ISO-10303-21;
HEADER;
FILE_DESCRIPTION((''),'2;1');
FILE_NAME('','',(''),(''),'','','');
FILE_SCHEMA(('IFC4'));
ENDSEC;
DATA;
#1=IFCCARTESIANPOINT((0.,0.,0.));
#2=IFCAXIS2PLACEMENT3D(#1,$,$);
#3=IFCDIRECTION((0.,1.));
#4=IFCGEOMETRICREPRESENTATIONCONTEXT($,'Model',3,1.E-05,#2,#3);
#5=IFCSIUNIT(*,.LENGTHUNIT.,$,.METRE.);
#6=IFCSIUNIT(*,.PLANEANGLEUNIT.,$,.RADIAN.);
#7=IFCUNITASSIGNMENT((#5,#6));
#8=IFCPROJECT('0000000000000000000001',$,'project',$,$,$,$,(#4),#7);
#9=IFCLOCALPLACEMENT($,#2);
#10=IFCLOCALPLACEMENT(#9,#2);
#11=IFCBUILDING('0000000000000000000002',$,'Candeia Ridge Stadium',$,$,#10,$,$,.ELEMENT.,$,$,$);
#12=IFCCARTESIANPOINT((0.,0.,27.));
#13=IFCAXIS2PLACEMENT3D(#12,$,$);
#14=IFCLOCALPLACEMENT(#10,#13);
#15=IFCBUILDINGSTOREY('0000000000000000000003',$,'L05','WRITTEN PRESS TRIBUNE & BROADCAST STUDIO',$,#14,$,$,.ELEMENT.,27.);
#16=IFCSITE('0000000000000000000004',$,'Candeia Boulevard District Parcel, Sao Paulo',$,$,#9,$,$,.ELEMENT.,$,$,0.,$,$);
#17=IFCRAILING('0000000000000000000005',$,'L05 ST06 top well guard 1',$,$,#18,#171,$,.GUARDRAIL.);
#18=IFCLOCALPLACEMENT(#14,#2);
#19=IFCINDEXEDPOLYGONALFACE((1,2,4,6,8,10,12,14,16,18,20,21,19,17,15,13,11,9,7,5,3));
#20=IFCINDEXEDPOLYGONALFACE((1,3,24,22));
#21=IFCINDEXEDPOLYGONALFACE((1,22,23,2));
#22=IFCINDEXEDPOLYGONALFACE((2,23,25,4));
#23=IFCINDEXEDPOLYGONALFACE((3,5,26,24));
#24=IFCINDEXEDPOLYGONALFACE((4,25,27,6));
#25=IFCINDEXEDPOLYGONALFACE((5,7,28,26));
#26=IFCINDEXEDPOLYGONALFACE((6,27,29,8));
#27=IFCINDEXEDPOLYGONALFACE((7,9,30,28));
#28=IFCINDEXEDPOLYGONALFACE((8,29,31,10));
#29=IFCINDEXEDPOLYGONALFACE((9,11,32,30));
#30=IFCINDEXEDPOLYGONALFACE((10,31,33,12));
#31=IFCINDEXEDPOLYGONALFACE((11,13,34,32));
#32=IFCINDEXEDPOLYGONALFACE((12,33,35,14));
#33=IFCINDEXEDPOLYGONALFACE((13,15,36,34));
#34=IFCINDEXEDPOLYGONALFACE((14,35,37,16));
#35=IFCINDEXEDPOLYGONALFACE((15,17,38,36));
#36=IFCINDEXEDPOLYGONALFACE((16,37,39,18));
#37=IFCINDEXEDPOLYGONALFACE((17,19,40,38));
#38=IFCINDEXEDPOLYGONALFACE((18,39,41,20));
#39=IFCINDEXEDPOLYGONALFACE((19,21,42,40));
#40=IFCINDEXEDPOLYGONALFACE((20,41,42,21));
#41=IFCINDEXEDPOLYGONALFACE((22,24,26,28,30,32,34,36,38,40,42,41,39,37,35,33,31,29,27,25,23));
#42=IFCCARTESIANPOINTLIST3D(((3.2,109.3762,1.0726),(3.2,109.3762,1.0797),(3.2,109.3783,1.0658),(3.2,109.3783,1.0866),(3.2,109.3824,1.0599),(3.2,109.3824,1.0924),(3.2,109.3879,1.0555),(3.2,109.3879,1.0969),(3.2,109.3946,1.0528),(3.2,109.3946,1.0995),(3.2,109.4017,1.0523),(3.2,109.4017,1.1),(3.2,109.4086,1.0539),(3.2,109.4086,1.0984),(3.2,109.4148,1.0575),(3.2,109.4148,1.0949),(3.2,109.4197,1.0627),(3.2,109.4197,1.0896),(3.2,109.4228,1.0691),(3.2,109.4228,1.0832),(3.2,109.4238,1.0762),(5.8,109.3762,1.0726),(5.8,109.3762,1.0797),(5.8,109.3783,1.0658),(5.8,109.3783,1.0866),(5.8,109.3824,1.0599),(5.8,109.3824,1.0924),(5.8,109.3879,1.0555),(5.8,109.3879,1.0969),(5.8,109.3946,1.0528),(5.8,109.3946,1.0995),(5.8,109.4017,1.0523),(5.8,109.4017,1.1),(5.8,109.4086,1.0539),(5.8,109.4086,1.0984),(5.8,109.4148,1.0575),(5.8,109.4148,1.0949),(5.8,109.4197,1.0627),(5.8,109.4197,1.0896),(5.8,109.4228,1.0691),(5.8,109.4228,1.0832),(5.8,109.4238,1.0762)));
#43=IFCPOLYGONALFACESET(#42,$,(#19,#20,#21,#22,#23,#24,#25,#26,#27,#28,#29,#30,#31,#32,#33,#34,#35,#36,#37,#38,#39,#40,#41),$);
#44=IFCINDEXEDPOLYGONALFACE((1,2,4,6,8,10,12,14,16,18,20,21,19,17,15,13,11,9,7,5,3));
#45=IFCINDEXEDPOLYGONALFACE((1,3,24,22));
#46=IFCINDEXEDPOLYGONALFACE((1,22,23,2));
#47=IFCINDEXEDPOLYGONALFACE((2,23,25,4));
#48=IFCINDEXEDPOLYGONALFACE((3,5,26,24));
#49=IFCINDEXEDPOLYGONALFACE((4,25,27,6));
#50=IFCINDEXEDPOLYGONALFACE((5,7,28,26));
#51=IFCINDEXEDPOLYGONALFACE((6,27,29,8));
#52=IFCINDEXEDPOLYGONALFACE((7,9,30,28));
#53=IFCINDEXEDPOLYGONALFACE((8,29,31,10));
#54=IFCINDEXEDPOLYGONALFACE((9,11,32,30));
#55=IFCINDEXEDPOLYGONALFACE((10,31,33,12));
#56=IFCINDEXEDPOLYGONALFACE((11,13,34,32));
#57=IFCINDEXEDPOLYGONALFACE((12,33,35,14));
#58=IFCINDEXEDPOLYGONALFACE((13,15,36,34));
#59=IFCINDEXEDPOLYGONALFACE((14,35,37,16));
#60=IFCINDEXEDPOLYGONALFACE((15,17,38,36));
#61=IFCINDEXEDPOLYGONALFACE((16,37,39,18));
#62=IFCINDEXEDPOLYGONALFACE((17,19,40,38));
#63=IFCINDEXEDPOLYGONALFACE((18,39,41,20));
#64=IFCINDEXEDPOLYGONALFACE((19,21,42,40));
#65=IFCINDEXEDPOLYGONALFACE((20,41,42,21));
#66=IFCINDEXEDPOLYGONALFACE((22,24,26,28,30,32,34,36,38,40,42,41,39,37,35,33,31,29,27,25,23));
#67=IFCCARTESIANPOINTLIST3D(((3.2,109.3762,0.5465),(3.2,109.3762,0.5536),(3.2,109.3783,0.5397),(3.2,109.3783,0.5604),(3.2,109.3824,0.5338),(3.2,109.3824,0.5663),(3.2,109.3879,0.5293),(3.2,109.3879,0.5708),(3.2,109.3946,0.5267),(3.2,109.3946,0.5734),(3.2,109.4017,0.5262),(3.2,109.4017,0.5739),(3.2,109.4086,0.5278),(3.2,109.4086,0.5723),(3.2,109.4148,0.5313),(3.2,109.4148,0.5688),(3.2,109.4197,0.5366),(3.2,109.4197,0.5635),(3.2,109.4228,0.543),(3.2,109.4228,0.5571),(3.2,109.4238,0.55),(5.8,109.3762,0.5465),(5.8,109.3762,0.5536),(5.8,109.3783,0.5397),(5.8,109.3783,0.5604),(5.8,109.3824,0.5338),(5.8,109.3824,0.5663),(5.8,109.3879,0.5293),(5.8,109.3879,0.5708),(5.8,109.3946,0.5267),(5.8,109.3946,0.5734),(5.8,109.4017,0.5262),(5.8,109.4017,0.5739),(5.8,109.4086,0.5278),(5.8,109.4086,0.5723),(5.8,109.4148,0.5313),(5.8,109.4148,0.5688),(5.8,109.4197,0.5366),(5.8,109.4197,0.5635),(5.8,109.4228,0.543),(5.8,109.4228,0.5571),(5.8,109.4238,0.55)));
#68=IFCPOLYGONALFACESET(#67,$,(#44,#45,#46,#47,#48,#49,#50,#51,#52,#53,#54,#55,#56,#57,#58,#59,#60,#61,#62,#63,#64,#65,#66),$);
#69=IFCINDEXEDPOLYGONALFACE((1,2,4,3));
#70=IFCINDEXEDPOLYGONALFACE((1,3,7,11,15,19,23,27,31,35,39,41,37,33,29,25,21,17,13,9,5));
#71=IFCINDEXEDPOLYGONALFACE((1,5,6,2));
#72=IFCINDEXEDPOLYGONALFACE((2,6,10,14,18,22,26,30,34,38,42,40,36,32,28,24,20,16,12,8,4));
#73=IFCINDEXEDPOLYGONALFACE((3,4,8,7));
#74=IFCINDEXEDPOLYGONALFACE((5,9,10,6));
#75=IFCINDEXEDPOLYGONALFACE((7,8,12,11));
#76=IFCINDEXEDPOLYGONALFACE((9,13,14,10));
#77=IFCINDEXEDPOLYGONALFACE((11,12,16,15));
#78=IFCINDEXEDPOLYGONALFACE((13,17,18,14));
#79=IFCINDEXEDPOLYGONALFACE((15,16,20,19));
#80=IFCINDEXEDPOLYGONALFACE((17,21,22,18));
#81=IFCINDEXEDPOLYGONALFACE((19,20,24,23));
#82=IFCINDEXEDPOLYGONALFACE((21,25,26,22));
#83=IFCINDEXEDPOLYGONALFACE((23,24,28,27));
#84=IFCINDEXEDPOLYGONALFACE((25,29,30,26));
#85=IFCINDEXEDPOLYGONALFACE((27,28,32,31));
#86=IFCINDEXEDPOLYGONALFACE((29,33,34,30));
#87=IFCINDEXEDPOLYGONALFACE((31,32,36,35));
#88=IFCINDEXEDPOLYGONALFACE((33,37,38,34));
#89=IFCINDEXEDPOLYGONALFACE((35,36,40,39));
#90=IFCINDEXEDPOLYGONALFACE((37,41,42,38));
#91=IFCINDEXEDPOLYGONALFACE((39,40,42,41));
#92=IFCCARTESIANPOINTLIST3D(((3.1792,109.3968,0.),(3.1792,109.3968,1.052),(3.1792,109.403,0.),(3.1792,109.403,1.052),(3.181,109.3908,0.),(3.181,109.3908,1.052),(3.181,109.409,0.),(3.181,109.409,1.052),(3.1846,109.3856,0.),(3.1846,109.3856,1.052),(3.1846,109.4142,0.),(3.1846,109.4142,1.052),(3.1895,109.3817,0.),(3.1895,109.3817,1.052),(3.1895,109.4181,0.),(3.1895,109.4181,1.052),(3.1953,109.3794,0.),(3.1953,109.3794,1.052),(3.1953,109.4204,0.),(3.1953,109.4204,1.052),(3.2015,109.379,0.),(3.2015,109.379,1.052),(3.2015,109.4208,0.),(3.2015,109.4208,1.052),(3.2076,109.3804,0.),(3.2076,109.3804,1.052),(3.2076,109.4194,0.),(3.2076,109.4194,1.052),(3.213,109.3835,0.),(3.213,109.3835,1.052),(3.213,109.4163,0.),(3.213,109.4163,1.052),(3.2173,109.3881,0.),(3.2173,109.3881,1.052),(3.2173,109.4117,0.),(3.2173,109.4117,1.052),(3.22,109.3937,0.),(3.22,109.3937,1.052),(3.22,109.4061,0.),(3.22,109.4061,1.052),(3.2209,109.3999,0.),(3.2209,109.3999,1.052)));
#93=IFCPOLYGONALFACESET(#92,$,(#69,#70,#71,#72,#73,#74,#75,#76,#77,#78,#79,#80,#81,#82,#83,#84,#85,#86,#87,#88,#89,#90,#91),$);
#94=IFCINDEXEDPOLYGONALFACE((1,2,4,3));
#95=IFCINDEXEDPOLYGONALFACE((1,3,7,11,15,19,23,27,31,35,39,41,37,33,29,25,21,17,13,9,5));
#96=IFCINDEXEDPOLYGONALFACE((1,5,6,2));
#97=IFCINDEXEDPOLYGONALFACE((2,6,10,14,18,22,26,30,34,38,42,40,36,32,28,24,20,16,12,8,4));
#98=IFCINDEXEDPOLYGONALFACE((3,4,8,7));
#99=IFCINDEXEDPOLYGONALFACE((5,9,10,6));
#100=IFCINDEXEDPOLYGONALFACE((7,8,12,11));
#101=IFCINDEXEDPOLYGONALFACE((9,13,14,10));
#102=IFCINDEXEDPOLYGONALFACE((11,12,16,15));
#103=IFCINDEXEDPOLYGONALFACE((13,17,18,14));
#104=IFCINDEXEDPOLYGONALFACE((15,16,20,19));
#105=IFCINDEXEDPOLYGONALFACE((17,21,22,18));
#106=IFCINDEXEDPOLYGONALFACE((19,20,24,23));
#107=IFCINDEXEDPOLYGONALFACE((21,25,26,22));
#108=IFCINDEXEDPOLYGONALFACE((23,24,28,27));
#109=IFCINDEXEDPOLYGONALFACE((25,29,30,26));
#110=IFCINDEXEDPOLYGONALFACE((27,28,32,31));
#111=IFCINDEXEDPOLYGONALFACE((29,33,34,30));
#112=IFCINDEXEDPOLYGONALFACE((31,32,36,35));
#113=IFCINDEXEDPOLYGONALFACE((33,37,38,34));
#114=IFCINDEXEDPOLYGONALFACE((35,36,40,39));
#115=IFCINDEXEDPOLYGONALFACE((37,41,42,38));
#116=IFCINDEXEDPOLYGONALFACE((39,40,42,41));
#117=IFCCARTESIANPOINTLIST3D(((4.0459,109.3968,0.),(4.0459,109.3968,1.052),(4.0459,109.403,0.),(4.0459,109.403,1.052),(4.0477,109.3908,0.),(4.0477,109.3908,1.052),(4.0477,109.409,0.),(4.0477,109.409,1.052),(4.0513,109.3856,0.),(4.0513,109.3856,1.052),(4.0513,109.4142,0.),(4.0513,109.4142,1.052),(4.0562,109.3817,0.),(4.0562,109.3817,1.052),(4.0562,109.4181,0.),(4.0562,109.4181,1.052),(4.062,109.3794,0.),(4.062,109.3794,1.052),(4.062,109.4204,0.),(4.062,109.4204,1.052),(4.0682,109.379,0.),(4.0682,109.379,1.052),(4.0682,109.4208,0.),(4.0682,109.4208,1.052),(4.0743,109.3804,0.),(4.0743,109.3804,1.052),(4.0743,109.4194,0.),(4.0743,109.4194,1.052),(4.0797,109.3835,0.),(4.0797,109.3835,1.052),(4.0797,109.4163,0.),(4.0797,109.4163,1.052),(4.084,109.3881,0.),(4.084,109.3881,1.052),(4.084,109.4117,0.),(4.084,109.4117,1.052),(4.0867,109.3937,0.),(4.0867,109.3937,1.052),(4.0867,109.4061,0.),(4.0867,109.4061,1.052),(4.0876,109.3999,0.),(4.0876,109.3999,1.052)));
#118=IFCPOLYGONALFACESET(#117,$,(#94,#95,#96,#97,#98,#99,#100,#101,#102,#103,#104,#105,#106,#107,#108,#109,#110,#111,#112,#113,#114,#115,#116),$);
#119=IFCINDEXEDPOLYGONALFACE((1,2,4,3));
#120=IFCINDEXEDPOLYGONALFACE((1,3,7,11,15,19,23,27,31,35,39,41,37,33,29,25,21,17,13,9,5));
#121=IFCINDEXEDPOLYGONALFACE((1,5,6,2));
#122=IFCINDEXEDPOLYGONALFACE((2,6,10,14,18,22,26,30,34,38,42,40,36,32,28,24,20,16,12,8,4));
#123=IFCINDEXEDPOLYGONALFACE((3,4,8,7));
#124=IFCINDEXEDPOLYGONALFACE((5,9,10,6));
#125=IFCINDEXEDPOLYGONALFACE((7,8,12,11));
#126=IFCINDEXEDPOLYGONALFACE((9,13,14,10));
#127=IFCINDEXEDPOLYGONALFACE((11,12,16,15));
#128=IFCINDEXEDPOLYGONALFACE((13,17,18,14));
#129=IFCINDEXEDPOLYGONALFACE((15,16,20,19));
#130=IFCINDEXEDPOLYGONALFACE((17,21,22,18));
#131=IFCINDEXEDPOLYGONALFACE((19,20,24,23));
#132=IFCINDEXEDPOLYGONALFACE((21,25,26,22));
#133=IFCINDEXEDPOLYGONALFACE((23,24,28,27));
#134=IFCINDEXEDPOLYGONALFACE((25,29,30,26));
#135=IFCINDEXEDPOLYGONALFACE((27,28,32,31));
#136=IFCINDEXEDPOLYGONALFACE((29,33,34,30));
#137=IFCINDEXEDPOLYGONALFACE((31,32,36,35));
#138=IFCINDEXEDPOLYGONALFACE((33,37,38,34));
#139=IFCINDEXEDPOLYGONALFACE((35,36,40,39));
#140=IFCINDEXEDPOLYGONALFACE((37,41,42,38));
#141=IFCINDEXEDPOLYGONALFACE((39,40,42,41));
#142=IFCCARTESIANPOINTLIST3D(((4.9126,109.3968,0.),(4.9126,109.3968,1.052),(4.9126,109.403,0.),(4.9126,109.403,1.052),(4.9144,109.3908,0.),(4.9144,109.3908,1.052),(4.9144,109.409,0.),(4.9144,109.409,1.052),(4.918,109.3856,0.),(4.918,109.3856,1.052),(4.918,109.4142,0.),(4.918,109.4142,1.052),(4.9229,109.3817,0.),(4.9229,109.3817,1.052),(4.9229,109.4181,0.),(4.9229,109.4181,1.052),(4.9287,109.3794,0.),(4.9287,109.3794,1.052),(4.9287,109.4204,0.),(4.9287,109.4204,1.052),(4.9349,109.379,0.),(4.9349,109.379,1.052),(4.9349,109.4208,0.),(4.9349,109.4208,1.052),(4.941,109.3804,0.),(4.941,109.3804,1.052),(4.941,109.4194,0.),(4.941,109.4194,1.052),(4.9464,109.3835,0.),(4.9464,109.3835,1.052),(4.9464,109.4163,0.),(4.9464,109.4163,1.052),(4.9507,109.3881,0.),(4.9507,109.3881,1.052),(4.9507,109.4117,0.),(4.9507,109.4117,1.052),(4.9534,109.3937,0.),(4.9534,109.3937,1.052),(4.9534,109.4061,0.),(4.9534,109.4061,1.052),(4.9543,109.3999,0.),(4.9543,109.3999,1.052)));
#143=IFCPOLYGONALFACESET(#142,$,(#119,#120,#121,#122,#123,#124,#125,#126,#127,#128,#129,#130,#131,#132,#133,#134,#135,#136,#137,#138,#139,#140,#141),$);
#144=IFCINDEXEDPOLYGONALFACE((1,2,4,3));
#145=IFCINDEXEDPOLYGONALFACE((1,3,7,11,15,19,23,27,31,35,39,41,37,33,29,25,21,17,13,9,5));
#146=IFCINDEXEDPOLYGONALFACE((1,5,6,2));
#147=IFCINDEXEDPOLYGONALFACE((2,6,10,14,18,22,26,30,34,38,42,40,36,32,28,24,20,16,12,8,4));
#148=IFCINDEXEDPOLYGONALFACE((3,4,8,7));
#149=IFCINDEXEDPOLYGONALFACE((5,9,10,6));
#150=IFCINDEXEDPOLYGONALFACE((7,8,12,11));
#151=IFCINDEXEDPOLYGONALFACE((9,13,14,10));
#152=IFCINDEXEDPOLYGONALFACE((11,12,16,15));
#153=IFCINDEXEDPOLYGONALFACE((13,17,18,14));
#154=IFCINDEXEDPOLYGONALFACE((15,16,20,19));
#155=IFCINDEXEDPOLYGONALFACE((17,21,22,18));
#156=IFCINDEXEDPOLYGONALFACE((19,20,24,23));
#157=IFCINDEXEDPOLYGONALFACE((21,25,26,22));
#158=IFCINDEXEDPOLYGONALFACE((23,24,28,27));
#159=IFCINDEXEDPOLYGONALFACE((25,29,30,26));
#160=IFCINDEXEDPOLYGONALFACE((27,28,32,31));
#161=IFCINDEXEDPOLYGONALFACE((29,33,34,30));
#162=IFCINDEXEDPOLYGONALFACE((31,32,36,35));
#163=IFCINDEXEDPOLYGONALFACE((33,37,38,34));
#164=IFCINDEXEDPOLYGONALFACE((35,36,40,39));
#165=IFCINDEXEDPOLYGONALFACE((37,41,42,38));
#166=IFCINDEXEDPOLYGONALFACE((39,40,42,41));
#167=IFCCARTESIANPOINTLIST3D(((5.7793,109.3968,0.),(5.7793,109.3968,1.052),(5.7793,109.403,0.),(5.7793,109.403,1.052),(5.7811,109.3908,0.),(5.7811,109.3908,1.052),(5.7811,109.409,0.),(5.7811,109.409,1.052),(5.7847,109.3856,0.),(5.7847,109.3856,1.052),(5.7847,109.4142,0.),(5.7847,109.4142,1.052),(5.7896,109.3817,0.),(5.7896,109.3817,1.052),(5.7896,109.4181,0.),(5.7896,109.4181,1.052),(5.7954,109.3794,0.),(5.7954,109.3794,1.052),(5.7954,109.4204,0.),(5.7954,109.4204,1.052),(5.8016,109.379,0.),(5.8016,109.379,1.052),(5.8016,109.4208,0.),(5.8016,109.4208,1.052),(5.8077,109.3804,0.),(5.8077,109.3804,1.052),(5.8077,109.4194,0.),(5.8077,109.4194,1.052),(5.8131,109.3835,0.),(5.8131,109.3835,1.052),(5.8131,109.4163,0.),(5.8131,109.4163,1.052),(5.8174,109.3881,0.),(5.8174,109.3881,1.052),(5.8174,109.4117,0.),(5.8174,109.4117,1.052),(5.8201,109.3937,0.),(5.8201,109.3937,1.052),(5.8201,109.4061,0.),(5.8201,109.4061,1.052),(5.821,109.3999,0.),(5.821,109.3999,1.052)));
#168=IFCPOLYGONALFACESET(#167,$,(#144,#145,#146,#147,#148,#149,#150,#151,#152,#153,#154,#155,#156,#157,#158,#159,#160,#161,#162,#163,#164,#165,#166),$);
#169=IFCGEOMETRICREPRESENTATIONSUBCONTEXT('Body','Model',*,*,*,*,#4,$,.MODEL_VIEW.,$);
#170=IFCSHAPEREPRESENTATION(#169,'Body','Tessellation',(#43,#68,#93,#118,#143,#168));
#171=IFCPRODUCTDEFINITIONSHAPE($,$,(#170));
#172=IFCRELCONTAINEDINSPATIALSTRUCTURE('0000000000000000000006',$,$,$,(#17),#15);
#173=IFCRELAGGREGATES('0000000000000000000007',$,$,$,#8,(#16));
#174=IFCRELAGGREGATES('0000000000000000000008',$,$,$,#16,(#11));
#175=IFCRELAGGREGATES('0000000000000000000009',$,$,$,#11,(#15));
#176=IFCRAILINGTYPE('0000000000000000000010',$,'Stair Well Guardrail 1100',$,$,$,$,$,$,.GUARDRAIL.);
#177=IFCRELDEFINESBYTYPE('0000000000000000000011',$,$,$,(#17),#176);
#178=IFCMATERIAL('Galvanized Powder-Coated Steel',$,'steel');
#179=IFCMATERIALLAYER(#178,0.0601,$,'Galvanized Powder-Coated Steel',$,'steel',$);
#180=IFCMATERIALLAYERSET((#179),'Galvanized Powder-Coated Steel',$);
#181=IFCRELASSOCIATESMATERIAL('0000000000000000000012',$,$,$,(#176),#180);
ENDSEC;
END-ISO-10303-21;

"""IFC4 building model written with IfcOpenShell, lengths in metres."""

from ifc_helpers import new_model, si_unit, direction, frame, origin, origin_2d, place, context, subcontext, project, spatial, circle, extrude, material, layer, layer_set, type_object, element, save


model = new_model("IFC4")

# Units and contexts
model_context = context("Model", 3, precision=1e-05, world=origin(), true_north=direction((0.0, 1.0)))
body_context = subcontext(model_context, "Body", "Model", "MODEL_VIEW")
ifc_project = project(units=[si_unit("LENGTHUNIT", "METRE"), si_unit("PLANEANGLEUNIT", "RADIAN")], contexts=[model_context])

# Site, building, storey
site_placement = place(None, origin())
site = spatial("IfcSite", under=ifc_project, at=site_placement, Name="Candeia Boulevard District Parcel, Sao Paulo", CompositionType="ELEMENT", RefElevation=0.0)
building_placement = place(site_placement, origin())
building = spatial("IfcBuilding", under=site, at=building_placement, Name="Candeia Ridge Stadium", CompositionType="ELEMENT")
storey_placement = place(building_placement, frame((0.0, 0.0, 27.0)))
storey = spatial("IfcBuildingStorey", under=building, at=storey_placement, Name="L05", Description="WRITTEN PRESS TRIBUNE & BROADCAST STUDIO", CompositionType="ELEMENT", Elevation=27.0)

# Railing
ifc_material_1 = material(Name="Galvanized Powder-Coated Steel", Category="steel")
ifc_layer_1 = layer(ifc_material_1, 0.0601, Name="Galvanized Powder-Coated Steel", Category="steel")
ifc_layer_set_1 = layer_set([ifc_layer_1], Name="Galvanized Powder-Coated Steel")
railing_type = type_object("IfcRailingType", Name="Stair Well Guardrail 1100", PredefinedType="GUARDRAIL", material=ifc_layer_set_1)
railing_placement = place(storey_placement, frame((3.2, 109.3999, 0.0)))
element("IfcRailing", 1, at=railing_placement, inside=storey, type_object=railing_type, Name="L05 ST06 top well guard 1", PredefinedType="GUARDRAIL", context=body_context, shape_type="SweptSolid", body=[
    extrude(circle(Radius=0.0239, at=origin_2d()), frame((0.0, 0.0, 1.0762), z_axis=(1.0, 0.0, 0.0), x_axis=(0.0, 1.0, 0.0)), (0.0, 0.0, 1.0), 2.6001),
    extrude(circle(Radius=0.0239, at=origin_2d()), frame((0.0, 0.0, 0.55), z_axis=(1.0, 0.0, 0.0), x_axis=(0.0, 1.0, 0.0)), (0.0, 0.0, 1.0), 2.6001),
    extrude(circle(Radius=0.021, at=origin_2d()), origin(), (0.0, 0.0, 1.0), 1.052),
    extrude(circle(Radius=0.021, at=origin_2d()), frame((0.8667, 0.0, 0.0)), (0.0, 0.0, 1.0), 1.052),
    extrude(circle(Radius=0.021, at=origin_2d()), frame((1.7334, 0.0, 0.0)), (0.0, 0.0, 1.0), 1.052),
    extrude(circle(Radius=0.021, at=origin_2d()), frame((2.6001, 0.0, 0.0)), (0.0, 0.0, 1.0), 1.052),
])

save(model, "model.ifc")
